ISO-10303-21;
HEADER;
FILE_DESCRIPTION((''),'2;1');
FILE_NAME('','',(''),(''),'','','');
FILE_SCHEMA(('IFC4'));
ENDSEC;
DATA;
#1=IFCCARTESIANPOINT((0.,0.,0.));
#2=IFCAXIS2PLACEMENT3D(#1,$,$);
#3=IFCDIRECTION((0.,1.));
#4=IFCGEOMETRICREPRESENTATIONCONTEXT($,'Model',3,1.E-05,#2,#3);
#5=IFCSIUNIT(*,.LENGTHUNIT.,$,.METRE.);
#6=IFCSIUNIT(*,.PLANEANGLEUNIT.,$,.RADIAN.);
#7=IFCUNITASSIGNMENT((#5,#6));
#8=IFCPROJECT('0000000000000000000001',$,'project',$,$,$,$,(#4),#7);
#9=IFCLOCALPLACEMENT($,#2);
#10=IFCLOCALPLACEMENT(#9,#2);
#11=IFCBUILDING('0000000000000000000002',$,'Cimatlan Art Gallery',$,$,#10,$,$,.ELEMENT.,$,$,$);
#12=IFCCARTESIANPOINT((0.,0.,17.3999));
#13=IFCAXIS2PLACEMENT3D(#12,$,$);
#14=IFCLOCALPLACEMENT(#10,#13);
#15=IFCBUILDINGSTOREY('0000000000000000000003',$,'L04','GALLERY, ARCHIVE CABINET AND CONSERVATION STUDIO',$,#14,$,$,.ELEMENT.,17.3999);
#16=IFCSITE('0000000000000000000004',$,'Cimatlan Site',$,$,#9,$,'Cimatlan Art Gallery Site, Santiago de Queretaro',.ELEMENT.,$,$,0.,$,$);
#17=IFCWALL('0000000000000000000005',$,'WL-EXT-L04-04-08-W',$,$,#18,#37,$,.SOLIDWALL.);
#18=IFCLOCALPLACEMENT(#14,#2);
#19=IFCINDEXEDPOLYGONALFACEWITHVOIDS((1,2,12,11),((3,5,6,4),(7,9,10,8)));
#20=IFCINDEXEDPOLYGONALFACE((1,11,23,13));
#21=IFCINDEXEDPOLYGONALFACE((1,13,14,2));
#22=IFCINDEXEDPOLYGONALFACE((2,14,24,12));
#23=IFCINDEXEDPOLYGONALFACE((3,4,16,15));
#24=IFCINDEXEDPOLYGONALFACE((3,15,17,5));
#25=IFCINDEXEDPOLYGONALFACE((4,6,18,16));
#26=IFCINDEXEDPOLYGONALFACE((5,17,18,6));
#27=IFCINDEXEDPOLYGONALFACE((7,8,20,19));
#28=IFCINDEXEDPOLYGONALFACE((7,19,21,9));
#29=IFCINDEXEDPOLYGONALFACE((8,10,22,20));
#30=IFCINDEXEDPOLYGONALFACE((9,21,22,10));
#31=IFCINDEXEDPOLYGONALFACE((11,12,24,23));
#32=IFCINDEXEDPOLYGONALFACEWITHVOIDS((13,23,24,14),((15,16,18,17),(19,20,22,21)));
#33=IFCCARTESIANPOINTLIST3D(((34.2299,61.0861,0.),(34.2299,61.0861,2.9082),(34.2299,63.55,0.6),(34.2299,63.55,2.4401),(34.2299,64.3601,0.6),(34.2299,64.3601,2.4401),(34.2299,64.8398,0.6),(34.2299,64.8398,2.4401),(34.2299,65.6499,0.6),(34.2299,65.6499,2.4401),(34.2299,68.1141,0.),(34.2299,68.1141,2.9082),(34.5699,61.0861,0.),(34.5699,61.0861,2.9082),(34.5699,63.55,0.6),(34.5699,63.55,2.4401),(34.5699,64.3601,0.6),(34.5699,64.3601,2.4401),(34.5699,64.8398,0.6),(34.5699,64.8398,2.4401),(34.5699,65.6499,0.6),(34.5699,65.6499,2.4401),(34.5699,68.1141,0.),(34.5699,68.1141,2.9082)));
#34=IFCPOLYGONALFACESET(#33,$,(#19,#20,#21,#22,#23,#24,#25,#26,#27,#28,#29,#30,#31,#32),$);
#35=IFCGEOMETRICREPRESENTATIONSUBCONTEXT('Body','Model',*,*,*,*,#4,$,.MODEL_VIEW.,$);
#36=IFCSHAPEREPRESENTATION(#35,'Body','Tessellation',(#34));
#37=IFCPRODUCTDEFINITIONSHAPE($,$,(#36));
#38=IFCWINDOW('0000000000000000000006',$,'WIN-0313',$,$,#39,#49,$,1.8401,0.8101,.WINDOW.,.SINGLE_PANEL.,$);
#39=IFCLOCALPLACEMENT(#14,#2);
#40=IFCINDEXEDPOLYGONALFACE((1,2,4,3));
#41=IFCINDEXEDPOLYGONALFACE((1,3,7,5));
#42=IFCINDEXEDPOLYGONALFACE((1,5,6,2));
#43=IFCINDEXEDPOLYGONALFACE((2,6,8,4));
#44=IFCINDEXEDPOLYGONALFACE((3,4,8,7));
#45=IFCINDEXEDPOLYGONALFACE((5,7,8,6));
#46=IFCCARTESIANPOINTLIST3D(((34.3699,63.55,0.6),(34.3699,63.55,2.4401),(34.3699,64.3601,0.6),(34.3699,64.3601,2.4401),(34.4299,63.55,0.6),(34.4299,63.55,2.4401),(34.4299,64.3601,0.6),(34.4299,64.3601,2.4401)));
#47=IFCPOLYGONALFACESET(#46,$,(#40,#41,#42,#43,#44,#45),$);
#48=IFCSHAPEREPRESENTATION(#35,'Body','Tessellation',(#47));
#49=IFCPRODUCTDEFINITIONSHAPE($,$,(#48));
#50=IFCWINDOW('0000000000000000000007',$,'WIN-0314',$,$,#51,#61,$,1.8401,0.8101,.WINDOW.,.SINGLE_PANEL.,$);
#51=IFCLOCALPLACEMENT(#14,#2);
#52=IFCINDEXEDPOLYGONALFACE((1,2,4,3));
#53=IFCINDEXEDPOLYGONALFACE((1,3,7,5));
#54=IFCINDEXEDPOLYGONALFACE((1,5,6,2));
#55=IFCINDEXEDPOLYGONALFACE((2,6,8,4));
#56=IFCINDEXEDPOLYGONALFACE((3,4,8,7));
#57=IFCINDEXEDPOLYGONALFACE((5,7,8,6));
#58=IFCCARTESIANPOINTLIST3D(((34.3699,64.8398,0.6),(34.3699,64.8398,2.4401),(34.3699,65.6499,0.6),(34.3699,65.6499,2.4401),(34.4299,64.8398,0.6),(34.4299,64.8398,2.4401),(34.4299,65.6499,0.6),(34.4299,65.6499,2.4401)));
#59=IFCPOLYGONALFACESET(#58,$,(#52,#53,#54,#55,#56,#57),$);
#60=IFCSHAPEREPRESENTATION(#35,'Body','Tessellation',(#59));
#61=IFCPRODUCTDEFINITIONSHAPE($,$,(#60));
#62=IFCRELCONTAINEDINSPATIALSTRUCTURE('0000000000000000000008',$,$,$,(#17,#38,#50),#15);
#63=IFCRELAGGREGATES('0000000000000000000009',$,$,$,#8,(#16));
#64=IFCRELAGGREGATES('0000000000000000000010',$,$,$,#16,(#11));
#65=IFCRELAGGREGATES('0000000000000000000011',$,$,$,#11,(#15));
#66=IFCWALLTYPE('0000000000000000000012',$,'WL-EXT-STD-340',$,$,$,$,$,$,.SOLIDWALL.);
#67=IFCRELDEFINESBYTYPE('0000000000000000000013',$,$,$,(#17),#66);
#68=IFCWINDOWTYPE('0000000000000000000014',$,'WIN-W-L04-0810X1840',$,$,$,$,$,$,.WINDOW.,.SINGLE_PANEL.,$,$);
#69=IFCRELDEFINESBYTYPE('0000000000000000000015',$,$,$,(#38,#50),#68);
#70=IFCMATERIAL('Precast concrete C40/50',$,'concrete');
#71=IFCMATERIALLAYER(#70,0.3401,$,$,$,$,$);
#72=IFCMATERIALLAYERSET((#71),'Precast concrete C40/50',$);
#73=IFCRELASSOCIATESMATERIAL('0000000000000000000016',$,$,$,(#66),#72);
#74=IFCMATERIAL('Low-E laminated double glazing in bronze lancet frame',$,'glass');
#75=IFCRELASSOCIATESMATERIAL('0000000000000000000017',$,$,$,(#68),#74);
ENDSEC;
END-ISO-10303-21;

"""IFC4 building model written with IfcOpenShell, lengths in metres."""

from ifc_helpers import new_model, si_unit, direction, frame, frame_2d, origin, place, context, subcontext, project, spatial, rectangle, extrude, material, layer, layer_set, type_object, element, fill, save


model = new_model("IFC4")

# Units and contexts
model_context = context("Model", 3, precision=1e-05, world=origin(), true_north=direction((0.0, 1.0)))
body_context = subcontext(model_context, "Body", "Model", "MODEL_VIEW")
ifc_project = project(units=[si_unit("LENGTHUNIT", "METRE"), si_unit("PLANEANGLEUNIT", "RADIAN")], contexts=[model_context])

# Site, building, storey
site_placement = place(None, origin())
site = spatial("IfcSite", under=ifc_project, at=site_placement, Name="Cimatlan Site", LongName="Cimatlan Art Gallery Site, Santiago de Queretaro", CompositionType="ELEMENT", RefElevation=0.0)
building_placement = place(site_placement, origin())
building = spatial("IfcBuilding", under=site, at=building_placement, Name="Cimatlan Art Gallery", CompositionType="ELEMENT")
storey_placement = place(building_placement, frame((0.0, 0.0, 17.3999)))
storey = spatial("IfcBuildingStorey", under=building, at=storey_placement, Name="L04", Description="GALLERY, ARCHIVE CABINET AND CONSERVATION STUDIO", CompositionType="ELEMENT", Elevation=17.3999)

# Shared definitions
ifc_material_1 = material(Name="Precast concrete C40/50", Category="concrete")
ifc_layer_1 = layer(ifc_material_1, 0.3401)
ifc_layer_set_1 = layer_set([ifc_layer_1], Name="Precast concrete C40/50")
wall_type_1 = type_object("IfcWallType", Name="WL-EXT-STD-340", PredefinedType="SOLIDWALL", material=ifc_layer_set_1)
ifc_material_2 = material(Name="Low-E laminated double glazing in bronze lancet frame", Category="glass")
window_type = type_object("IfcWindowType", Name="WIN-W-L04-0810X1840", PartitioningType="SINGLE_PANEL", PredefinedType="WINDOW", material=ifc_material_2)

# Wall, openings, windows
wall_1_placement = place(storey_placement, frame((34.3999, 61.0859, 0.0), z_axis=(0.0, 0.0, 1.0), x_axis=(0.0, 1.0, 0.0)))
wall_1 = element("IfcWall", 1, at=wall_1_placement, inside=storey, type_object=wall_type_1, Name="WL-EXT-L04-04-08-W", PredefinedType="SOLIDWALL", context=body_context, shape_type="SweptSolid", body=[
    extrude(rectangle(XDim=7.0281, YDim=0.3401, at=frame_2d((3.5142, 0.0))), origin(), (0.0, 0.0, 1.0), 2.9082),
])
opening_1_placement = place(wall_1_placement, frame((2.4641, 0.0, 0.6001)))
opening_1 = element("IfcOpeningElement", 2, at=opening_1_placement, cuts=wall_1, PredefinedType="OPENING", context=body_context, shape_type="SweptSolid", body=[
    extrude(rectangle(XDim=0.8101, YDim=1.8401, at=frame_2d((0.405, 0.9199))), frame((0.0, 0.1802, 0.0), z_axis=(0.0, -1.0, 0.0), x_axis=(1.0, 0.0, 0.0)), (0.0, 0.0, 1.0), 0.3601),
])
opening_2_placement = place(wall_1_placement, frame((3.7539, 0.0, 0.6001)))
opening_2 = element("IfcOpeningElement", 3, at=opening_2_placement, cuts=wall_1, PredefinedType="OPENING", context=body_context, shape_type="SweptSolid", body=[
    extrude(rectangle(XDim=0.8101, YDim=1.8401, at=frame_2d((0.405, 0.9199))), frame((0.0, 0.1802, 0.0), z_axis=(0.0, -1.0, 0.0), x_axis=(1.0, 0.0, 0.0)), (0.0, 0.0, 1.0), 0.3601),
])
window_1_placement = place(opening_1_placement, origin())
window_1 = element("IfcWindow", 4, at=window_1_placement, inside=storey, type_object=window_type, Name="WIN-0313", OverallHeight=1.8401, OverallWidth=0.8101, PartitioningType="SINGLE_PANEL", PredefinedType="WINDOW", context=body_context, shape_type="SweptSolid", body=[
    extrude(rectangle(XDim=0.8101, YDim=1.8401, at=frame_2d((0.405, 0.9199))), frame((0.0, 0.03, 0.0), z_axis=(0.0, -1.0, 0.0), x_axis=(1.0, 0.0, 0.0)), (0.0, 0.0, 1.0), 0.0601),
])
fill(opening_1, window_1)
window_2_placement = place(opening_2_placement, origin())
window_2 = element("IfcWindow", 5, at=window_2_placement, inside=storey, type_object=window_type, Name="WIN-0314", OverallHeight=1.8401, OverallWidth=0.8101, PartitioningType="SINGLE_PANEL", PredefinedType="WINDOW", context=body_context, shape_type="SweptSolid", body=[
    extrude(rectangle(XDim=0.8101, YDim=1.8401, at=frame_2d((0.405, 0.9199))), frame((0.0, 0.03, 0.0), z_axis=(0.0, -1.0, 0.0), x_axis=(1.0, 0.0, 0.0)), (0.0, 0.0, 1.0), 0.0601),
])
fill(opening_2, window_2)

save(model, "model.ifc")
